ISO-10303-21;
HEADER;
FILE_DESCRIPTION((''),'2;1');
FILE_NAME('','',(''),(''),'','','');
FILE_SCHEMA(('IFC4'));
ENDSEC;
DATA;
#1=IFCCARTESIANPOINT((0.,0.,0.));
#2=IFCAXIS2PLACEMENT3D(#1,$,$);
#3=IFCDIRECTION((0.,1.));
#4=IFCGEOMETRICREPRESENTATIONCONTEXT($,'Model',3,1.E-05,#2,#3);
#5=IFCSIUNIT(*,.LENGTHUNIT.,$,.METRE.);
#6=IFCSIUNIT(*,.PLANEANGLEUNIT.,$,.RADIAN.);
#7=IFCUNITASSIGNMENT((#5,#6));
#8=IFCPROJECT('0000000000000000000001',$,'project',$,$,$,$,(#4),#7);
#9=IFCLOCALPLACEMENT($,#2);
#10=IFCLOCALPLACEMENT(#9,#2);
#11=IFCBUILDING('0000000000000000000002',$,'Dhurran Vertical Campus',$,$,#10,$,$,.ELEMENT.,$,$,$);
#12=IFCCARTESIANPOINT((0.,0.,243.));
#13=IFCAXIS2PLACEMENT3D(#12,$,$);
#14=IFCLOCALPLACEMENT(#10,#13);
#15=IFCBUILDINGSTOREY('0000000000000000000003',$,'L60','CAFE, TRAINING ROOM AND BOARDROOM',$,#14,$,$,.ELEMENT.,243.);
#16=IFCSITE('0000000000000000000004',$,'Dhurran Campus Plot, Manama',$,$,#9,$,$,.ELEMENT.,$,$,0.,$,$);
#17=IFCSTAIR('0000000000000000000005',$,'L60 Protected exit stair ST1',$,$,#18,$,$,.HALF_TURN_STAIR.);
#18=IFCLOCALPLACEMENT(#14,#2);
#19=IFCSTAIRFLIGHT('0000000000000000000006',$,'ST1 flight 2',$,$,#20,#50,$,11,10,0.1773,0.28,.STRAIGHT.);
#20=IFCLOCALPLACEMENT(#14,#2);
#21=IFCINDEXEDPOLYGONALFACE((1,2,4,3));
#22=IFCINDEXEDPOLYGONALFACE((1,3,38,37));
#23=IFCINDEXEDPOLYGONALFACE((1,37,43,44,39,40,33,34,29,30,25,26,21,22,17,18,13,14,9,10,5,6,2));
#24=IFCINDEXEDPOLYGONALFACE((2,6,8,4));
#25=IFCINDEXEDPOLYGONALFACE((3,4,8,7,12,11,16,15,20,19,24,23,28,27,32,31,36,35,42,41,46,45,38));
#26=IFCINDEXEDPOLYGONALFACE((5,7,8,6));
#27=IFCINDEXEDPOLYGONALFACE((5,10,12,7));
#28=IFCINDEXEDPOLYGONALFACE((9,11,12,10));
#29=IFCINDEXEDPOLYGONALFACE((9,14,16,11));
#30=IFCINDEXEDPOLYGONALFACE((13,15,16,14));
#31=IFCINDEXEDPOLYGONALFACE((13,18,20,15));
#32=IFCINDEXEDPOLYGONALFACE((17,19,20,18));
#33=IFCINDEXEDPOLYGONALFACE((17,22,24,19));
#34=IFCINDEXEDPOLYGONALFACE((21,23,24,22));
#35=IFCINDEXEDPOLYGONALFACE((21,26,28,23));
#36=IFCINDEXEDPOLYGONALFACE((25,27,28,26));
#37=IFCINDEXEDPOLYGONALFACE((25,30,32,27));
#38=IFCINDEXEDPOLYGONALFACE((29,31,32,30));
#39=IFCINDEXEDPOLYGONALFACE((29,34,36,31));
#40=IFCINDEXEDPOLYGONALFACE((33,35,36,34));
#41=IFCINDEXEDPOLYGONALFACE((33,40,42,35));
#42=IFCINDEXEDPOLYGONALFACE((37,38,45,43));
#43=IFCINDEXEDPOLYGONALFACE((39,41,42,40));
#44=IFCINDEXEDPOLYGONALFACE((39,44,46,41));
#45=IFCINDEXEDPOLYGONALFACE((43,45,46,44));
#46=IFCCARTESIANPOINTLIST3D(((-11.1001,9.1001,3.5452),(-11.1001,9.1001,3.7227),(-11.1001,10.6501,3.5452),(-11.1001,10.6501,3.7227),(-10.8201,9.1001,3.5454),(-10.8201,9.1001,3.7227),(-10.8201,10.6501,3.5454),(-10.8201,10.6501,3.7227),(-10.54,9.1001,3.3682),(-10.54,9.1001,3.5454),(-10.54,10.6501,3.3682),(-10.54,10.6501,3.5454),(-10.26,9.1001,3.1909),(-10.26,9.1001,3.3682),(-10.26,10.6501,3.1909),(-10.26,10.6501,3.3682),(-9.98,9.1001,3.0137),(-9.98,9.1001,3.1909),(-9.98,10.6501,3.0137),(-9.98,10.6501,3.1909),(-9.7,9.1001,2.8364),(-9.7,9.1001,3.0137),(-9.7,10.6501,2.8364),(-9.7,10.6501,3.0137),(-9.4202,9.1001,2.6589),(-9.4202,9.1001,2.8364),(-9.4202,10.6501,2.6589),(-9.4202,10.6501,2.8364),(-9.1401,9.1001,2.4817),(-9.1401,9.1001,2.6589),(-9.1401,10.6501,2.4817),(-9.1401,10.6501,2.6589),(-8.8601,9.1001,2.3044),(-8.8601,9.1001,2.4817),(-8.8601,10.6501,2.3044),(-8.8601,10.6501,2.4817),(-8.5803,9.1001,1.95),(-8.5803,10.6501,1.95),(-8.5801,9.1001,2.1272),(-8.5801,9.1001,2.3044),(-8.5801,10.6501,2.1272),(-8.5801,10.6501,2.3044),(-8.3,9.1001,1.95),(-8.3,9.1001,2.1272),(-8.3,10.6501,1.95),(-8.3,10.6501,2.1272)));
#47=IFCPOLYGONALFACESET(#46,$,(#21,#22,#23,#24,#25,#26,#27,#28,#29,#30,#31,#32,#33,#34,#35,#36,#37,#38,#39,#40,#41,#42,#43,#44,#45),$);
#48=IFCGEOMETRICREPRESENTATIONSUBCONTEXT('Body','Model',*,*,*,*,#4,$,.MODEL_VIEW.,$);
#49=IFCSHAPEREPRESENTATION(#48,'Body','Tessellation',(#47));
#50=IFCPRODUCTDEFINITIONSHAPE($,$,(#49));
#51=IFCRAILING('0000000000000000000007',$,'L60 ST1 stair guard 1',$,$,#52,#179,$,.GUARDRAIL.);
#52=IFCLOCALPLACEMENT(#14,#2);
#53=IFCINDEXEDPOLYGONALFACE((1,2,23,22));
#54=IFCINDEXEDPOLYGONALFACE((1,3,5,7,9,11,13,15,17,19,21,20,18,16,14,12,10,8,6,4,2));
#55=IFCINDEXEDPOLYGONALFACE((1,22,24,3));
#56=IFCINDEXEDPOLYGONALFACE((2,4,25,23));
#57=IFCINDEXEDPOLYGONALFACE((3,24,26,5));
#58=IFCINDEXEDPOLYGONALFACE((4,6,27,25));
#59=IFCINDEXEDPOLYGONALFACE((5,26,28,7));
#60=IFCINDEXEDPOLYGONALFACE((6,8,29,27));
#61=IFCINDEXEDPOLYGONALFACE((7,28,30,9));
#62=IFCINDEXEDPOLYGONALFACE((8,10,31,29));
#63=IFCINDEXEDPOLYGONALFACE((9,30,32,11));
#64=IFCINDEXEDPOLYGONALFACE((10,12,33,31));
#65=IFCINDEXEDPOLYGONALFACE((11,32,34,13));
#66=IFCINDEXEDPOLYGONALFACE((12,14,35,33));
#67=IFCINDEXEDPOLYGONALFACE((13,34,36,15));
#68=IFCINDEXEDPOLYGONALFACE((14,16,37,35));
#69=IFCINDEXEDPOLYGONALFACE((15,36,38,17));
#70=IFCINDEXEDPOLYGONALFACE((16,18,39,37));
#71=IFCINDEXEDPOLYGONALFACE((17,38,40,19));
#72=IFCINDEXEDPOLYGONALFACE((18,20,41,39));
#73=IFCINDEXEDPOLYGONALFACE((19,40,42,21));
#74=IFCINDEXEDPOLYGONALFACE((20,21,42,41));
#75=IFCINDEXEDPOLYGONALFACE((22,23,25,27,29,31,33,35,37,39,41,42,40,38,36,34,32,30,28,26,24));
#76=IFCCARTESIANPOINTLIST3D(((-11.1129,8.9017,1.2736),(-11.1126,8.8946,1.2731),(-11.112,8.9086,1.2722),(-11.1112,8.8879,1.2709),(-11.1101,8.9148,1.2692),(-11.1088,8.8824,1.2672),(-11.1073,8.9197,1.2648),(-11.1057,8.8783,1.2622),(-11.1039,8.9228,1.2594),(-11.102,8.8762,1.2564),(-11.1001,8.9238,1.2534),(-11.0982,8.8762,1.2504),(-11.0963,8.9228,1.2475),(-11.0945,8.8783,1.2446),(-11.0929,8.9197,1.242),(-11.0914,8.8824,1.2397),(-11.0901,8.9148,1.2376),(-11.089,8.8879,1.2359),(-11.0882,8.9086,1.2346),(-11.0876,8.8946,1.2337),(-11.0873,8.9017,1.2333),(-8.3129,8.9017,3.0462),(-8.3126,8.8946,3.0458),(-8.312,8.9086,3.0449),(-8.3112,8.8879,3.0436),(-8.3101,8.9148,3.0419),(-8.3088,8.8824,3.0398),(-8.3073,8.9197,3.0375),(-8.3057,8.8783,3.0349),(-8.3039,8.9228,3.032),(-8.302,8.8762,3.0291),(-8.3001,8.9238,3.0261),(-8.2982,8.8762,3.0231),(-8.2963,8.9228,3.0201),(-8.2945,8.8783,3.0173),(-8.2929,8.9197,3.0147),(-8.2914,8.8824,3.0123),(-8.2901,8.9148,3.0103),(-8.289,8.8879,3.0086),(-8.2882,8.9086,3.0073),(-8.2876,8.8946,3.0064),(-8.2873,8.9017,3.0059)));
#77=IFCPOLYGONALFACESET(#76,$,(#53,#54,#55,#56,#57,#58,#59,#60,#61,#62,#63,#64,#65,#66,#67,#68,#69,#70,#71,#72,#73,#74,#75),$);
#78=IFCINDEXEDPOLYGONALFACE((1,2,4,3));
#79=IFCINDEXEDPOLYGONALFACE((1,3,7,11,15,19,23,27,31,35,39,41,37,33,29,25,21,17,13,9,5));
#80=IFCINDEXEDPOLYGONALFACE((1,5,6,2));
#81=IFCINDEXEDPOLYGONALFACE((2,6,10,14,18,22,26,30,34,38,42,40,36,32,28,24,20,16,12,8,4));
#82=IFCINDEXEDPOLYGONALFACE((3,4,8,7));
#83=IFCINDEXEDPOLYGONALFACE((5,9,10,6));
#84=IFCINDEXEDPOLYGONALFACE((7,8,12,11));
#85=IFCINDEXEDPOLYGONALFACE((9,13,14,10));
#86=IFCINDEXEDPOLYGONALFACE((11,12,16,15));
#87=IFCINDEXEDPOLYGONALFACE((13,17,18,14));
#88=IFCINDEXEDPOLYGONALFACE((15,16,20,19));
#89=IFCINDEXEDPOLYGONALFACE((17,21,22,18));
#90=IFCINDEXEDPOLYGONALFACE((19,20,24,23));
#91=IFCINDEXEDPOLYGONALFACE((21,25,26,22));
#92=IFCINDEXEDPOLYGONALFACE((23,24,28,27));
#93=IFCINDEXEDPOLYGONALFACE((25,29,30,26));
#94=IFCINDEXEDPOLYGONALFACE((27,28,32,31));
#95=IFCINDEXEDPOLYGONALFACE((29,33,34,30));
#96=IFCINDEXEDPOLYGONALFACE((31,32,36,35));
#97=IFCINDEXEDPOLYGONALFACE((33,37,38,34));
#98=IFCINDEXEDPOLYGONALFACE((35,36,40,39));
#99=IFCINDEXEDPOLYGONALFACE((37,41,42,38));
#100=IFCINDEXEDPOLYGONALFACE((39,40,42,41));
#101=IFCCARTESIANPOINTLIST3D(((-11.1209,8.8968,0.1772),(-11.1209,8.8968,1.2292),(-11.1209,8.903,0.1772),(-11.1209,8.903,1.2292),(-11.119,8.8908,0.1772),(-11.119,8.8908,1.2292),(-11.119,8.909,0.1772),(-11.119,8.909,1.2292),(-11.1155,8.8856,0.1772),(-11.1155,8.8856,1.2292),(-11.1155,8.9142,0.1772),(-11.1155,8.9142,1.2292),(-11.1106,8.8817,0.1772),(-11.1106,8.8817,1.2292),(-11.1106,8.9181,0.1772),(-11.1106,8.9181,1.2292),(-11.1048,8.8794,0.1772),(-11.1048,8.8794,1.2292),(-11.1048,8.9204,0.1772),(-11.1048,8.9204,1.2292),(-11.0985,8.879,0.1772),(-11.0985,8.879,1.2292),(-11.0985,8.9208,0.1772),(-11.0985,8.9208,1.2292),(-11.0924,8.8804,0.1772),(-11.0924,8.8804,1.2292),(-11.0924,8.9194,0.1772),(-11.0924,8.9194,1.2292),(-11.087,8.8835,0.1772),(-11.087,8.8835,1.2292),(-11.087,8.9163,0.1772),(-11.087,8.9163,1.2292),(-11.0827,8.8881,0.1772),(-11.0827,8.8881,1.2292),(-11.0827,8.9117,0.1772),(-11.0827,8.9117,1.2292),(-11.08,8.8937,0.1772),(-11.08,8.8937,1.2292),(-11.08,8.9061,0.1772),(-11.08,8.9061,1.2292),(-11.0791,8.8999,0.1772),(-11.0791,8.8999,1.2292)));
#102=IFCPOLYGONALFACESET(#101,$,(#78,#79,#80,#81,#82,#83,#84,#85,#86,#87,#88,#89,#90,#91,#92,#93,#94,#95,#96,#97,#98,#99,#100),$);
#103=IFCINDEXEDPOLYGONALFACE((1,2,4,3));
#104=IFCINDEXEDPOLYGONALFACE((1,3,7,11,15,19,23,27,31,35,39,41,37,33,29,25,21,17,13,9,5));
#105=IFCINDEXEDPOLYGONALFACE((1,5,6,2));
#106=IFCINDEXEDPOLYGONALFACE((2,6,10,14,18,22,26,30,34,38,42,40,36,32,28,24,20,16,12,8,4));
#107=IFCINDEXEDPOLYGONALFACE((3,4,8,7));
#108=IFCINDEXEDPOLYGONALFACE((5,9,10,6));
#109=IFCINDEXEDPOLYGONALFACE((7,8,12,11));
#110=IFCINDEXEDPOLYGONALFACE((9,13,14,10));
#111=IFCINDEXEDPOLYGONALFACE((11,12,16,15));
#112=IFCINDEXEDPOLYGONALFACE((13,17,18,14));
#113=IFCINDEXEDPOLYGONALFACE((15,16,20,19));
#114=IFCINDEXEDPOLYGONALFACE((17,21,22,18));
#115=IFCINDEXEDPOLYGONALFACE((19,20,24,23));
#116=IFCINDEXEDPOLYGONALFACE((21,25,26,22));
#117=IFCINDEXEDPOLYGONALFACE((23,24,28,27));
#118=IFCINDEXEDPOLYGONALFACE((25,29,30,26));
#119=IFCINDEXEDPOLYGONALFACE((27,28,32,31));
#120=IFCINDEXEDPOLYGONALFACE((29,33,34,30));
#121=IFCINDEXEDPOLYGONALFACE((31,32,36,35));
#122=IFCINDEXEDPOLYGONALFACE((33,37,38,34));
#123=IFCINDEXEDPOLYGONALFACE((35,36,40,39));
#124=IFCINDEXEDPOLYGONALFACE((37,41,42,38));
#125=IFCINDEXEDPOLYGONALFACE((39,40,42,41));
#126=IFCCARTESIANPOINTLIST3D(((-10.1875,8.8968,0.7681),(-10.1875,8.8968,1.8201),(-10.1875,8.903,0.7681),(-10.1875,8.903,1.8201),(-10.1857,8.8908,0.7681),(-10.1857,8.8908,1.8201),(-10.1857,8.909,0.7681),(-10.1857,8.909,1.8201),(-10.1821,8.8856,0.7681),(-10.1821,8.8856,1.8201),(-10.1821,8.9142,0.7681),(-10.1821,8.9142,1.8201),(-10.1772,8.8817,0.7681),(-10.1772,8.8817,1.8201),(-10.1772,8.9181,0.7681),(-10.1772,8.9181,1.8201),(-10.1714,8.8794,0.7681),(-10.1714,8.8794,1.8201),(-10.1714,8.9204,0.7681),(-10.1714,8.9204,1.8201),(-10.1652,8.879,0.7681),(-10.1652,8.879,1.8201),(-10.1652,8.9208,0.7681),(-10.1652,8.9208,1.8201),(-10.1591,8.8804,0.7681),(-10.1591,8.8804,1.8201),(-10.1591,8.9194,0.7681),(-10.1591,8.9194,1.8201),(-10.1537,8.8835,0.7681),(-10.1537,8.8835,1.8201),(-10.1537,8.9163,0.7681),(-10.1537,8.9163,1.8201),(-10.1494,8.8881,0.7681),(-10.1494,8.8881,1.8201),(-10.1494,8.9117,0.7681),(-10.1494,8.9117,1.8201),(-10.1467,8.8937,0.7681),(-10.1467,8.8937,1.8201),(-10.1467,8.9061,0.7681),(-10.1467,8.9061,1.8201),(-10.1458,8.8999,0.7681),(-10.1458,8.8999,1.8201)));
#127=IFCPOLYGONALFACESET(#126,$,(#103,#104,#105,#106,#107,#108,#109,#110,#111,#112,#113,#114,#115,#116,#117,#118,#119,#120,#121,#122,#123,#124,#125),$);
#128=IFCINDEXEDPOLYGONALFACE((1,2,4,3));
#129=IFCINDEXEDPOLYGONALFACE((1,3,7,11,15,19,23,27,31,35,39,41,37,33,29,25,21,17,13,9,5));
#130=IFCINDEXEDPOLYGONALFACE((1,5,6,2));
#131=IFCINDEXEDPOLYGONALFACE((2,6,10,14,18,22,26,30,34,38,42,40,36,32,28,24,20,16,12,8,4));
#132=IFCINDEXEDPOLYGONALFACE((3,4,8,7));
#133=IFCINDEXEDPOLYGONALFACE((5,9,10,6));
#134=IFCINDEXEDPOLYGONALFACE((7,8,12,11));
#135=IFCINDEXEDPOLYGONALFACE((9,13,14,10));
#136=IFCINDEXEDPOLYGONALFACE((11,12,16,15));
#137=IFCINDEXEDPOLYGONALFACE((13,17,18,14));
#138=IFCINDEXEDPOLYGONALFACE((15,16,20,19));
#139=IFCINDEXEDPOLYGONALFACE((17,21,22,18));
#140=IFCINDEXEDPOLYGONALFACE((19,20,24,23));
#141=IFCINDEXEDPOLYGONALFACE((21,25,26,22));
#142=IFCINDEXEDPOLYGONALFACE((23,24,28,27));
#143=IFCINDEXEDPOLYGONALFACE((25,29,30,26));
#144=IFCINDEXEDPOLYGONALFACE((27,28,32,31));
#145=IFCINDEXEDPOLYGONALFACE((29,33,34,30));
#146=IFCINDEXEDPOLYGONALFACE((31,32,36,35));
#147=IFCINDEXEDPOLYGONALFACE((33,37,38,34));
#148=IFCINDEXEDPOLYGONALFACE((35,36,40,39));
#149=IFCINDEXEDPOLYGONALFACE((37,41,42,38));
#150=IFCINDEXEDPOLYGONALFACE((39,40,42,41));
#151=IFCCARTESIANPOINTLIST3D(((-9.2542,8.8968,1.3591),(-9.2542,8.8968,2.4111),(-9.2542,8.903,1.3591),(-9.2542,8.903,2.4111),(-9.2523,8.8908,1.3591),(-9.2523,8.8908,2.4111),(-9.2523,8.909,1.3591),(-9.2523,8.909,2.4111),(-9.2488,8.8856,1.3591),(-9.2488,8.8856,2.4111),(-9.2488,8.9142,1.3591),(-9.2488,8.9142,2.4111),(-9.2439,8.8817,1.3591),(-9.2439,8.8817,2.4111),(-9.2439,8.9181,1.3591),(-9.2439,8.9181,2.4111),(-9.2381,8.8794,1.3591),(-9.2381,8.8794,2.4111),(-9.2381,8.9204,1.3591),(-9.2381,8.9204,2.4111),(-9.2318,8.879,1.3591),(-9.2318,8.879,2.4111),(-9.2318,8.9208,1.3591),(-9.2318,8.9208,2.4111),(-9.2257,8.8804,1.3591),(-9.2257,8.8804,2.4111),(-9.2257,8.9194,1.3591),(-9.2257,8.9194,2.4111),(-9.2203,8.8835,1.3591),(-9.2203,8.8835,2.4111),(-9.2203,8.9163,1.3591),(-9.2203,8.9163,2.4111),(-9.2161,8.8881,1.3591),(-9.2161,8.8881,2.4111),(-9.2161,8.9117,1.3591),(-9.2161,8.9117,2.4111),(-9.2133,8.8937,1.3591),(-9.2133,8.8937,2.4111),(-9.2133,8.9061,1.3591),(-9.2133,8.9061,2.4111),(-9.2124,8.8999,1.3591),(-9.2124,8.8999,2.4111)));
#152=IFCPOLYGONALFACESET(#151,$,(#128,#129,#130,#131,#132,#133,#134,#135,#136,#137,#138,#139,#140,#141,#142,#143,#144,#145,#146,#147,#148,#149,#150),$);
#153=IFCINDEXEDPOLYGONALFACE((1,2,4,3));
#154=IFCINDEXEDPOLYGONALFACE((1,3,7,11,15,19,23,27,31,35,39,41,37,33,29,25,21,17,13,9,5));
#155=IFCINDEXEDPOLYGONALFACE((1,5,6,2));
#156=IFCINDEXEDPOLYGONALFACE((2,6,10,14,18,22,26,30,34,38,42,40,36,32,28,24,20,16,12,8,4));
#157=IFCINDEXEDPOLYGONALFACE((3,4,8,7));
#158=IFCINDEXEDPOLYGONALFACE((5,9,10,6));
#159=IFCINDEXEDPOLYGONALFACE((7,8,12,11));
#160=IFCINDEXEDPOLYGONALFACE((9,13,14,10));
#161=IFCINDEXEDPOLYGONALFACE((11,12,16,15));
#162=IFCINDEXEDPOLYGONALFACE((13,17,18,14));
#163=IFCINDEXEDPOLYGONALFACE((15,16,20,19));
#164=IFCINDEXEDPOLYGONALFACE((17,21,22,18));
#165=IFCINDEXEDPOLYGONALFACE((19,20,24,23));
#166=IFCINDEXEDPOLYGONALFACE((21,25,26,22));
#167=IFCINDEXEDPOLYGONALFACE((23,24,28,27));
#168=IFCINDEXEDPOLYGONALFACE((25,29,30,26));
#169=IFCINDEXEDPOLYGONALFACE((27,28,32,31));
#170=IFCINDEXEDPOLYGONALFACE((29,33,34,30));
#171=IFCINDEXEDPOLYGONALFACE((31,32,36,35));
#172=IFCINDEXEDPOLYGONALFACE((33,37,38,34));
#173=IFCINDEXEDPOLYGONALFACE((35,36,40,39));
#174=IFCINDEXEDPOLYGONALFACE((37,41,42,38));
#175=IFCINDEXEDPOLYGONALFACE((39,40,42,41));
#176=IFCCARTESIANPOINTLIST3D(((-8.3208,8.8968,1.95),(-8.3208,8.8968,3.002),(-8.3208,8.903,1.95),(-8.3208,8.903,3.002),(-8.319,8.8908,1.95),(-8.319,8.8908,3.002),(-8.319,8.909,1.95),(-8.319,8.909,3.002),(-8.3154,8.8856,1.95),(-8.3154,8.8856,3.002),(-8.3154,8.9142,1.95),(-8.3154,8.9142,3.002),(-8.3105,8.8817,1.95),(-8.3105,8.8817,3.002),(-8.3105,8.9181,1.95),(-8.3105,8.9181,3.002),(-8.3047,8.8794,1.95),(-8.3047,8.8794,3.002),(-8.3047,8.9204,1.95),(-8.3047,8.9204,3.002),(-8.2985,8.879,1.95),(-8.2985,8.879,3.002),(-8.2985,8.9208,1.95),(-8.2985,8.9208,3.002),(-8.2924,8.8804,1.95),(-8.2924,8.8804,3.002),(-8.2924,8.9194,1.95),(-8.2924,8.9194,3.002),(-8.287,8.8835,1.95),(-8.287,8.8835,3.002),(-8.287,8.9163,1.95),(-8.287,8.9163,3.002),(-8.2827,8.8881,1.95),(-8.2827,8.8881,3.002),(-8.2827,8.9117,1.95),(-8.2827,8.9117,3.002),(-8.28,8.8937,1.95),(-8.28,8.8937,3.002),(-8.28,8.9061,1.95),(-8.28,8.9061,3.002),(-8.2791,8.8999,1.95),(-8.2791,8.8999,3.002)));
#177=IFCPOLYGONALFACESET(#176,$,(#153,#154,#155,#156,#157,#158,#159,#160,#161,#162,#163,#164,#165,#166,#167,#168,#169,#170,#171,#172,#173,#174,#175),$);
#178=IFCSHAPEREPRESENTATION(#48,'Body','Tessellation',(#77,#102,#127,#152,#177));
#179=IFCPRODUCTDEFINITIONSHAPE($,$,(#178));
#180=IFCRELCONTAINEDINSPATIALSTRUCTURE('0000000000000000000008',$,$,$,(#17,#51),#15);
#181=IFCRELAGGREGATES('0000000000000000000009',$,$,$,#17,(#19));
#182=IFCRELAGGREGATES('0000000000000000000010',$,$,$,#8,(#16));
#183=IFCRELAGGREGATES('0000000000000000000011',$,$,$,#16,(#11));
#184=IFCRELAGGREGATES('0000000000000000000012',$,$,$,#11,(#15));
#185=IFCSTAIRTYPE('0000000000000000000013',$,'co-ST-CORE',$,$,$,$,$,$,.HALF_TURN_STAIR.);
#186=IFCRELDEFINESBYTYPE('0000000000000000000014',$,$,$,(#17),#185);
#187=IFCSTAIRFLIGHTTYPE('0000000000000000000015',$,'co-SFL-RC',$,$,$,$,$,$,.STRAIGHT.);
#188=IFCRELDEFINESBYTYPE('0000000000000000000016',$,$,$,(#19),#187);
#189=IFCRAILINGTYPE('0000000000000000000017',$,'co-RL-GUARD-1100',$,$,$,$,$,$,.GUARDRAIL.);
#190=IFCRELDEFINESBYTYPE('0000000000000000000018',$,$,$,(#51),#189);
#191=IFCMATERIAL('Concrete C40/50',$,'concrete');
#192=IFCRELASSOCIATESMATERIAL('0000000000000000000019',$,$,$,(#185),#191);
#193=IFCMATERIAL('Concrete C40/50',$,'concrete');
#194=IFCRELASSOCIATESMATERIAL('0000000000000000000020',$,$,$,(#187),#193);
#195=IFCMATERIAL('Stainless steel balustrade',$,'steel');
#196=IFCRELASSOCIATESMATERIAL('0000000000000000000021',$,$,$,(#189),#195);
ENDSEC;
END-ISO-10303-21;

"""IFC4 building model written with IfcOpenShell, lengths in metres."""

from ifc_helpers import new_model, si_unit, direction, frame, origin, origin_2d, place, context, subcontext, project, spatial, polyline, circle, outline, extrude, material, type_object, element, aggregate, save


model = new_model("IFC4")

# Units and contexts
model_context = context("Model", 3, precision=1e-05, world=origin(), true_north=direction((0.0, 1.0)))
body_context = subcontext(model_context, "Body", "Model", "MODEL_VIEW")
ifc_project = project(units=[si_unit("LENGTHUNIT", "METRE"), si_unit("PLANEANGLEUNIT", "RADIAN")], contexts=[model_context])

# Site, building, storey
site_placement = place(None, origin())
site = spatial("IfcSite", under=ifc_project, at=site_placement, Name="Dhurran Campus Plot, Manama", CompositionType="ELEMENT", RefElevation=0.0)
building_placement = place(site_placement, origin())
building = spatial("IfcBuilding", under=site, at=building_placement, Name="Dhurran Vertical Campus", CompositionType="ELEMENT")
storey_placement = place(building_placement, frame((0.0, 0.0, 243.0)))
storey = spatial("IfcBuildingStorey", under=building, at=storey_placement, Name="L60", Description="CAFE, TRAINING ROOM AND BOARDROOM", CompositionType="ELEMENT", Elevation=243.0)

# Stair, stair flight
ifc_material_1 = material(Name="Concrete C40/50", Category="concrete")
stair_type = type_object("IfcStairType", Name="co-ST-CORE", PredefinedType="HALF_TURN_STAIR", material=ifc_material_1)
stair_placement = place(storey_placement, origin())
stair = element("IfcStair", 1, at=stair_placement, inside=storey, type_object=stair_type, Name="L60 Protected exit stair ST1", PredefinedType="HALF_TURN_STAIR")
ifc_material_2 = material(Name="Concrete C40/50", Category="concrete")
stair_flight_type = type_object("IfcStairFlightType", Name="co-SFL-RC", PredefinedType="STRAIGHT", material=ifc_material_2)
stair_flight_1_placement = place(storey_placement, frame((-8.3, 9.875, 1.95), z_axis=(0.0, 0.0, 1.0), x_axis=(-1.0, 0.0, 0.0)))
stair_flight_1 = element("IfcStairFlight", 2, at=stair_flight_1_placement, type_object=stair_flight_type, Name="ST1 flight 2", NumberOfRisers=11, NumberOfTreads=10, PredefinedType="STRAIGHT", RiserHeight=0.1773, TreadLength=0.28, context=body_context, shape_type="SweptSolid", body=[
    extrude(outline(polyline([(0.0, 0.0), (0.0, 0.1772), (0.28, 0.1772), (0.28, 0.3545), (0.5601, 0.3545), (0.5601, 0.5317), (0.8401, 0.5317), (0.8401, 0.709), (1.1201, 0.709), (1.1201, 0.8865), (1.3999, 0.8865), (1.3999, 1.0637), (1.6799, 1.0637), (1.6799, 1.241), (1.96, 1.241), (1.96, 1.4182), (2.24, 1.4182), (2.24, 1.5955), (2.52, 1.5955), (2.52, 1.7727), (2.8, 1.7727), (2.8, 1.95), (2.8, 1.5952), (0.2803, 0.0), (0.0, 0.0)])), frame((0.0, 0.7749, 0.0), z_axis=(0.0, -1.0, 0.0), x_axis=(1.0, 0.0, 0.0)), (0.0, 0.0, 1.0), 1.55),
])
aggregate(stair, [stair_flight_1])

# Railing
ifc_material_3 = material(Name="Stainless steel balustrade", Category="steel")
railing_type_1 = type_object("IfcRailingType", Name="co-RL-GUARD-1100", PredefinedType="GUARDRAIL", material=ifc_material_3)
railing_1_placement = place(storey_placement, frame((-11.1001, 8.8999, 0.1772)))
element("IfcRailing", 3, at=railing_1_placement, inside=storey, type_object=railing_type_1, Name="L60 ST1 stair guard 1", PredefinedType="GUARDRAIL", context=body_context, shape_type="SweptSolid", body=[
    extrude(circle(Radius=0.0239, at=origin_2d()), frame((0.0, 0.0, 1.0762), z_axis=(0.844909, 0.0, 0.53491), x_axis=(0.0, 1.0, 0.0)), (0.0, 0.0, 1.0), 3.314),
    extrude(circle(Radius=0.021, at=origin_2d()), origin(), (0.0, 0.0, 1.0), 1.052),
    extrude(circle(Radius=0.021, at=origin_2d()), frame((0.9333, 0.0, 0.5908)), (0.0, 0.0, 1.0), 1.052),
    extrude(circle(Radius=0.021, at=origin_2d()), frame((1.8667, 0.0, 1.1819)), (0.0, 0.0, 1.0), 1.052),
    extrude(circle(Radius=0.021, at=origin_2d()), frame((2.8, 0.0, 1.7727)), (0.0, 0.0, 1.0), 1.052),
])

save(model, "model.ifc")
